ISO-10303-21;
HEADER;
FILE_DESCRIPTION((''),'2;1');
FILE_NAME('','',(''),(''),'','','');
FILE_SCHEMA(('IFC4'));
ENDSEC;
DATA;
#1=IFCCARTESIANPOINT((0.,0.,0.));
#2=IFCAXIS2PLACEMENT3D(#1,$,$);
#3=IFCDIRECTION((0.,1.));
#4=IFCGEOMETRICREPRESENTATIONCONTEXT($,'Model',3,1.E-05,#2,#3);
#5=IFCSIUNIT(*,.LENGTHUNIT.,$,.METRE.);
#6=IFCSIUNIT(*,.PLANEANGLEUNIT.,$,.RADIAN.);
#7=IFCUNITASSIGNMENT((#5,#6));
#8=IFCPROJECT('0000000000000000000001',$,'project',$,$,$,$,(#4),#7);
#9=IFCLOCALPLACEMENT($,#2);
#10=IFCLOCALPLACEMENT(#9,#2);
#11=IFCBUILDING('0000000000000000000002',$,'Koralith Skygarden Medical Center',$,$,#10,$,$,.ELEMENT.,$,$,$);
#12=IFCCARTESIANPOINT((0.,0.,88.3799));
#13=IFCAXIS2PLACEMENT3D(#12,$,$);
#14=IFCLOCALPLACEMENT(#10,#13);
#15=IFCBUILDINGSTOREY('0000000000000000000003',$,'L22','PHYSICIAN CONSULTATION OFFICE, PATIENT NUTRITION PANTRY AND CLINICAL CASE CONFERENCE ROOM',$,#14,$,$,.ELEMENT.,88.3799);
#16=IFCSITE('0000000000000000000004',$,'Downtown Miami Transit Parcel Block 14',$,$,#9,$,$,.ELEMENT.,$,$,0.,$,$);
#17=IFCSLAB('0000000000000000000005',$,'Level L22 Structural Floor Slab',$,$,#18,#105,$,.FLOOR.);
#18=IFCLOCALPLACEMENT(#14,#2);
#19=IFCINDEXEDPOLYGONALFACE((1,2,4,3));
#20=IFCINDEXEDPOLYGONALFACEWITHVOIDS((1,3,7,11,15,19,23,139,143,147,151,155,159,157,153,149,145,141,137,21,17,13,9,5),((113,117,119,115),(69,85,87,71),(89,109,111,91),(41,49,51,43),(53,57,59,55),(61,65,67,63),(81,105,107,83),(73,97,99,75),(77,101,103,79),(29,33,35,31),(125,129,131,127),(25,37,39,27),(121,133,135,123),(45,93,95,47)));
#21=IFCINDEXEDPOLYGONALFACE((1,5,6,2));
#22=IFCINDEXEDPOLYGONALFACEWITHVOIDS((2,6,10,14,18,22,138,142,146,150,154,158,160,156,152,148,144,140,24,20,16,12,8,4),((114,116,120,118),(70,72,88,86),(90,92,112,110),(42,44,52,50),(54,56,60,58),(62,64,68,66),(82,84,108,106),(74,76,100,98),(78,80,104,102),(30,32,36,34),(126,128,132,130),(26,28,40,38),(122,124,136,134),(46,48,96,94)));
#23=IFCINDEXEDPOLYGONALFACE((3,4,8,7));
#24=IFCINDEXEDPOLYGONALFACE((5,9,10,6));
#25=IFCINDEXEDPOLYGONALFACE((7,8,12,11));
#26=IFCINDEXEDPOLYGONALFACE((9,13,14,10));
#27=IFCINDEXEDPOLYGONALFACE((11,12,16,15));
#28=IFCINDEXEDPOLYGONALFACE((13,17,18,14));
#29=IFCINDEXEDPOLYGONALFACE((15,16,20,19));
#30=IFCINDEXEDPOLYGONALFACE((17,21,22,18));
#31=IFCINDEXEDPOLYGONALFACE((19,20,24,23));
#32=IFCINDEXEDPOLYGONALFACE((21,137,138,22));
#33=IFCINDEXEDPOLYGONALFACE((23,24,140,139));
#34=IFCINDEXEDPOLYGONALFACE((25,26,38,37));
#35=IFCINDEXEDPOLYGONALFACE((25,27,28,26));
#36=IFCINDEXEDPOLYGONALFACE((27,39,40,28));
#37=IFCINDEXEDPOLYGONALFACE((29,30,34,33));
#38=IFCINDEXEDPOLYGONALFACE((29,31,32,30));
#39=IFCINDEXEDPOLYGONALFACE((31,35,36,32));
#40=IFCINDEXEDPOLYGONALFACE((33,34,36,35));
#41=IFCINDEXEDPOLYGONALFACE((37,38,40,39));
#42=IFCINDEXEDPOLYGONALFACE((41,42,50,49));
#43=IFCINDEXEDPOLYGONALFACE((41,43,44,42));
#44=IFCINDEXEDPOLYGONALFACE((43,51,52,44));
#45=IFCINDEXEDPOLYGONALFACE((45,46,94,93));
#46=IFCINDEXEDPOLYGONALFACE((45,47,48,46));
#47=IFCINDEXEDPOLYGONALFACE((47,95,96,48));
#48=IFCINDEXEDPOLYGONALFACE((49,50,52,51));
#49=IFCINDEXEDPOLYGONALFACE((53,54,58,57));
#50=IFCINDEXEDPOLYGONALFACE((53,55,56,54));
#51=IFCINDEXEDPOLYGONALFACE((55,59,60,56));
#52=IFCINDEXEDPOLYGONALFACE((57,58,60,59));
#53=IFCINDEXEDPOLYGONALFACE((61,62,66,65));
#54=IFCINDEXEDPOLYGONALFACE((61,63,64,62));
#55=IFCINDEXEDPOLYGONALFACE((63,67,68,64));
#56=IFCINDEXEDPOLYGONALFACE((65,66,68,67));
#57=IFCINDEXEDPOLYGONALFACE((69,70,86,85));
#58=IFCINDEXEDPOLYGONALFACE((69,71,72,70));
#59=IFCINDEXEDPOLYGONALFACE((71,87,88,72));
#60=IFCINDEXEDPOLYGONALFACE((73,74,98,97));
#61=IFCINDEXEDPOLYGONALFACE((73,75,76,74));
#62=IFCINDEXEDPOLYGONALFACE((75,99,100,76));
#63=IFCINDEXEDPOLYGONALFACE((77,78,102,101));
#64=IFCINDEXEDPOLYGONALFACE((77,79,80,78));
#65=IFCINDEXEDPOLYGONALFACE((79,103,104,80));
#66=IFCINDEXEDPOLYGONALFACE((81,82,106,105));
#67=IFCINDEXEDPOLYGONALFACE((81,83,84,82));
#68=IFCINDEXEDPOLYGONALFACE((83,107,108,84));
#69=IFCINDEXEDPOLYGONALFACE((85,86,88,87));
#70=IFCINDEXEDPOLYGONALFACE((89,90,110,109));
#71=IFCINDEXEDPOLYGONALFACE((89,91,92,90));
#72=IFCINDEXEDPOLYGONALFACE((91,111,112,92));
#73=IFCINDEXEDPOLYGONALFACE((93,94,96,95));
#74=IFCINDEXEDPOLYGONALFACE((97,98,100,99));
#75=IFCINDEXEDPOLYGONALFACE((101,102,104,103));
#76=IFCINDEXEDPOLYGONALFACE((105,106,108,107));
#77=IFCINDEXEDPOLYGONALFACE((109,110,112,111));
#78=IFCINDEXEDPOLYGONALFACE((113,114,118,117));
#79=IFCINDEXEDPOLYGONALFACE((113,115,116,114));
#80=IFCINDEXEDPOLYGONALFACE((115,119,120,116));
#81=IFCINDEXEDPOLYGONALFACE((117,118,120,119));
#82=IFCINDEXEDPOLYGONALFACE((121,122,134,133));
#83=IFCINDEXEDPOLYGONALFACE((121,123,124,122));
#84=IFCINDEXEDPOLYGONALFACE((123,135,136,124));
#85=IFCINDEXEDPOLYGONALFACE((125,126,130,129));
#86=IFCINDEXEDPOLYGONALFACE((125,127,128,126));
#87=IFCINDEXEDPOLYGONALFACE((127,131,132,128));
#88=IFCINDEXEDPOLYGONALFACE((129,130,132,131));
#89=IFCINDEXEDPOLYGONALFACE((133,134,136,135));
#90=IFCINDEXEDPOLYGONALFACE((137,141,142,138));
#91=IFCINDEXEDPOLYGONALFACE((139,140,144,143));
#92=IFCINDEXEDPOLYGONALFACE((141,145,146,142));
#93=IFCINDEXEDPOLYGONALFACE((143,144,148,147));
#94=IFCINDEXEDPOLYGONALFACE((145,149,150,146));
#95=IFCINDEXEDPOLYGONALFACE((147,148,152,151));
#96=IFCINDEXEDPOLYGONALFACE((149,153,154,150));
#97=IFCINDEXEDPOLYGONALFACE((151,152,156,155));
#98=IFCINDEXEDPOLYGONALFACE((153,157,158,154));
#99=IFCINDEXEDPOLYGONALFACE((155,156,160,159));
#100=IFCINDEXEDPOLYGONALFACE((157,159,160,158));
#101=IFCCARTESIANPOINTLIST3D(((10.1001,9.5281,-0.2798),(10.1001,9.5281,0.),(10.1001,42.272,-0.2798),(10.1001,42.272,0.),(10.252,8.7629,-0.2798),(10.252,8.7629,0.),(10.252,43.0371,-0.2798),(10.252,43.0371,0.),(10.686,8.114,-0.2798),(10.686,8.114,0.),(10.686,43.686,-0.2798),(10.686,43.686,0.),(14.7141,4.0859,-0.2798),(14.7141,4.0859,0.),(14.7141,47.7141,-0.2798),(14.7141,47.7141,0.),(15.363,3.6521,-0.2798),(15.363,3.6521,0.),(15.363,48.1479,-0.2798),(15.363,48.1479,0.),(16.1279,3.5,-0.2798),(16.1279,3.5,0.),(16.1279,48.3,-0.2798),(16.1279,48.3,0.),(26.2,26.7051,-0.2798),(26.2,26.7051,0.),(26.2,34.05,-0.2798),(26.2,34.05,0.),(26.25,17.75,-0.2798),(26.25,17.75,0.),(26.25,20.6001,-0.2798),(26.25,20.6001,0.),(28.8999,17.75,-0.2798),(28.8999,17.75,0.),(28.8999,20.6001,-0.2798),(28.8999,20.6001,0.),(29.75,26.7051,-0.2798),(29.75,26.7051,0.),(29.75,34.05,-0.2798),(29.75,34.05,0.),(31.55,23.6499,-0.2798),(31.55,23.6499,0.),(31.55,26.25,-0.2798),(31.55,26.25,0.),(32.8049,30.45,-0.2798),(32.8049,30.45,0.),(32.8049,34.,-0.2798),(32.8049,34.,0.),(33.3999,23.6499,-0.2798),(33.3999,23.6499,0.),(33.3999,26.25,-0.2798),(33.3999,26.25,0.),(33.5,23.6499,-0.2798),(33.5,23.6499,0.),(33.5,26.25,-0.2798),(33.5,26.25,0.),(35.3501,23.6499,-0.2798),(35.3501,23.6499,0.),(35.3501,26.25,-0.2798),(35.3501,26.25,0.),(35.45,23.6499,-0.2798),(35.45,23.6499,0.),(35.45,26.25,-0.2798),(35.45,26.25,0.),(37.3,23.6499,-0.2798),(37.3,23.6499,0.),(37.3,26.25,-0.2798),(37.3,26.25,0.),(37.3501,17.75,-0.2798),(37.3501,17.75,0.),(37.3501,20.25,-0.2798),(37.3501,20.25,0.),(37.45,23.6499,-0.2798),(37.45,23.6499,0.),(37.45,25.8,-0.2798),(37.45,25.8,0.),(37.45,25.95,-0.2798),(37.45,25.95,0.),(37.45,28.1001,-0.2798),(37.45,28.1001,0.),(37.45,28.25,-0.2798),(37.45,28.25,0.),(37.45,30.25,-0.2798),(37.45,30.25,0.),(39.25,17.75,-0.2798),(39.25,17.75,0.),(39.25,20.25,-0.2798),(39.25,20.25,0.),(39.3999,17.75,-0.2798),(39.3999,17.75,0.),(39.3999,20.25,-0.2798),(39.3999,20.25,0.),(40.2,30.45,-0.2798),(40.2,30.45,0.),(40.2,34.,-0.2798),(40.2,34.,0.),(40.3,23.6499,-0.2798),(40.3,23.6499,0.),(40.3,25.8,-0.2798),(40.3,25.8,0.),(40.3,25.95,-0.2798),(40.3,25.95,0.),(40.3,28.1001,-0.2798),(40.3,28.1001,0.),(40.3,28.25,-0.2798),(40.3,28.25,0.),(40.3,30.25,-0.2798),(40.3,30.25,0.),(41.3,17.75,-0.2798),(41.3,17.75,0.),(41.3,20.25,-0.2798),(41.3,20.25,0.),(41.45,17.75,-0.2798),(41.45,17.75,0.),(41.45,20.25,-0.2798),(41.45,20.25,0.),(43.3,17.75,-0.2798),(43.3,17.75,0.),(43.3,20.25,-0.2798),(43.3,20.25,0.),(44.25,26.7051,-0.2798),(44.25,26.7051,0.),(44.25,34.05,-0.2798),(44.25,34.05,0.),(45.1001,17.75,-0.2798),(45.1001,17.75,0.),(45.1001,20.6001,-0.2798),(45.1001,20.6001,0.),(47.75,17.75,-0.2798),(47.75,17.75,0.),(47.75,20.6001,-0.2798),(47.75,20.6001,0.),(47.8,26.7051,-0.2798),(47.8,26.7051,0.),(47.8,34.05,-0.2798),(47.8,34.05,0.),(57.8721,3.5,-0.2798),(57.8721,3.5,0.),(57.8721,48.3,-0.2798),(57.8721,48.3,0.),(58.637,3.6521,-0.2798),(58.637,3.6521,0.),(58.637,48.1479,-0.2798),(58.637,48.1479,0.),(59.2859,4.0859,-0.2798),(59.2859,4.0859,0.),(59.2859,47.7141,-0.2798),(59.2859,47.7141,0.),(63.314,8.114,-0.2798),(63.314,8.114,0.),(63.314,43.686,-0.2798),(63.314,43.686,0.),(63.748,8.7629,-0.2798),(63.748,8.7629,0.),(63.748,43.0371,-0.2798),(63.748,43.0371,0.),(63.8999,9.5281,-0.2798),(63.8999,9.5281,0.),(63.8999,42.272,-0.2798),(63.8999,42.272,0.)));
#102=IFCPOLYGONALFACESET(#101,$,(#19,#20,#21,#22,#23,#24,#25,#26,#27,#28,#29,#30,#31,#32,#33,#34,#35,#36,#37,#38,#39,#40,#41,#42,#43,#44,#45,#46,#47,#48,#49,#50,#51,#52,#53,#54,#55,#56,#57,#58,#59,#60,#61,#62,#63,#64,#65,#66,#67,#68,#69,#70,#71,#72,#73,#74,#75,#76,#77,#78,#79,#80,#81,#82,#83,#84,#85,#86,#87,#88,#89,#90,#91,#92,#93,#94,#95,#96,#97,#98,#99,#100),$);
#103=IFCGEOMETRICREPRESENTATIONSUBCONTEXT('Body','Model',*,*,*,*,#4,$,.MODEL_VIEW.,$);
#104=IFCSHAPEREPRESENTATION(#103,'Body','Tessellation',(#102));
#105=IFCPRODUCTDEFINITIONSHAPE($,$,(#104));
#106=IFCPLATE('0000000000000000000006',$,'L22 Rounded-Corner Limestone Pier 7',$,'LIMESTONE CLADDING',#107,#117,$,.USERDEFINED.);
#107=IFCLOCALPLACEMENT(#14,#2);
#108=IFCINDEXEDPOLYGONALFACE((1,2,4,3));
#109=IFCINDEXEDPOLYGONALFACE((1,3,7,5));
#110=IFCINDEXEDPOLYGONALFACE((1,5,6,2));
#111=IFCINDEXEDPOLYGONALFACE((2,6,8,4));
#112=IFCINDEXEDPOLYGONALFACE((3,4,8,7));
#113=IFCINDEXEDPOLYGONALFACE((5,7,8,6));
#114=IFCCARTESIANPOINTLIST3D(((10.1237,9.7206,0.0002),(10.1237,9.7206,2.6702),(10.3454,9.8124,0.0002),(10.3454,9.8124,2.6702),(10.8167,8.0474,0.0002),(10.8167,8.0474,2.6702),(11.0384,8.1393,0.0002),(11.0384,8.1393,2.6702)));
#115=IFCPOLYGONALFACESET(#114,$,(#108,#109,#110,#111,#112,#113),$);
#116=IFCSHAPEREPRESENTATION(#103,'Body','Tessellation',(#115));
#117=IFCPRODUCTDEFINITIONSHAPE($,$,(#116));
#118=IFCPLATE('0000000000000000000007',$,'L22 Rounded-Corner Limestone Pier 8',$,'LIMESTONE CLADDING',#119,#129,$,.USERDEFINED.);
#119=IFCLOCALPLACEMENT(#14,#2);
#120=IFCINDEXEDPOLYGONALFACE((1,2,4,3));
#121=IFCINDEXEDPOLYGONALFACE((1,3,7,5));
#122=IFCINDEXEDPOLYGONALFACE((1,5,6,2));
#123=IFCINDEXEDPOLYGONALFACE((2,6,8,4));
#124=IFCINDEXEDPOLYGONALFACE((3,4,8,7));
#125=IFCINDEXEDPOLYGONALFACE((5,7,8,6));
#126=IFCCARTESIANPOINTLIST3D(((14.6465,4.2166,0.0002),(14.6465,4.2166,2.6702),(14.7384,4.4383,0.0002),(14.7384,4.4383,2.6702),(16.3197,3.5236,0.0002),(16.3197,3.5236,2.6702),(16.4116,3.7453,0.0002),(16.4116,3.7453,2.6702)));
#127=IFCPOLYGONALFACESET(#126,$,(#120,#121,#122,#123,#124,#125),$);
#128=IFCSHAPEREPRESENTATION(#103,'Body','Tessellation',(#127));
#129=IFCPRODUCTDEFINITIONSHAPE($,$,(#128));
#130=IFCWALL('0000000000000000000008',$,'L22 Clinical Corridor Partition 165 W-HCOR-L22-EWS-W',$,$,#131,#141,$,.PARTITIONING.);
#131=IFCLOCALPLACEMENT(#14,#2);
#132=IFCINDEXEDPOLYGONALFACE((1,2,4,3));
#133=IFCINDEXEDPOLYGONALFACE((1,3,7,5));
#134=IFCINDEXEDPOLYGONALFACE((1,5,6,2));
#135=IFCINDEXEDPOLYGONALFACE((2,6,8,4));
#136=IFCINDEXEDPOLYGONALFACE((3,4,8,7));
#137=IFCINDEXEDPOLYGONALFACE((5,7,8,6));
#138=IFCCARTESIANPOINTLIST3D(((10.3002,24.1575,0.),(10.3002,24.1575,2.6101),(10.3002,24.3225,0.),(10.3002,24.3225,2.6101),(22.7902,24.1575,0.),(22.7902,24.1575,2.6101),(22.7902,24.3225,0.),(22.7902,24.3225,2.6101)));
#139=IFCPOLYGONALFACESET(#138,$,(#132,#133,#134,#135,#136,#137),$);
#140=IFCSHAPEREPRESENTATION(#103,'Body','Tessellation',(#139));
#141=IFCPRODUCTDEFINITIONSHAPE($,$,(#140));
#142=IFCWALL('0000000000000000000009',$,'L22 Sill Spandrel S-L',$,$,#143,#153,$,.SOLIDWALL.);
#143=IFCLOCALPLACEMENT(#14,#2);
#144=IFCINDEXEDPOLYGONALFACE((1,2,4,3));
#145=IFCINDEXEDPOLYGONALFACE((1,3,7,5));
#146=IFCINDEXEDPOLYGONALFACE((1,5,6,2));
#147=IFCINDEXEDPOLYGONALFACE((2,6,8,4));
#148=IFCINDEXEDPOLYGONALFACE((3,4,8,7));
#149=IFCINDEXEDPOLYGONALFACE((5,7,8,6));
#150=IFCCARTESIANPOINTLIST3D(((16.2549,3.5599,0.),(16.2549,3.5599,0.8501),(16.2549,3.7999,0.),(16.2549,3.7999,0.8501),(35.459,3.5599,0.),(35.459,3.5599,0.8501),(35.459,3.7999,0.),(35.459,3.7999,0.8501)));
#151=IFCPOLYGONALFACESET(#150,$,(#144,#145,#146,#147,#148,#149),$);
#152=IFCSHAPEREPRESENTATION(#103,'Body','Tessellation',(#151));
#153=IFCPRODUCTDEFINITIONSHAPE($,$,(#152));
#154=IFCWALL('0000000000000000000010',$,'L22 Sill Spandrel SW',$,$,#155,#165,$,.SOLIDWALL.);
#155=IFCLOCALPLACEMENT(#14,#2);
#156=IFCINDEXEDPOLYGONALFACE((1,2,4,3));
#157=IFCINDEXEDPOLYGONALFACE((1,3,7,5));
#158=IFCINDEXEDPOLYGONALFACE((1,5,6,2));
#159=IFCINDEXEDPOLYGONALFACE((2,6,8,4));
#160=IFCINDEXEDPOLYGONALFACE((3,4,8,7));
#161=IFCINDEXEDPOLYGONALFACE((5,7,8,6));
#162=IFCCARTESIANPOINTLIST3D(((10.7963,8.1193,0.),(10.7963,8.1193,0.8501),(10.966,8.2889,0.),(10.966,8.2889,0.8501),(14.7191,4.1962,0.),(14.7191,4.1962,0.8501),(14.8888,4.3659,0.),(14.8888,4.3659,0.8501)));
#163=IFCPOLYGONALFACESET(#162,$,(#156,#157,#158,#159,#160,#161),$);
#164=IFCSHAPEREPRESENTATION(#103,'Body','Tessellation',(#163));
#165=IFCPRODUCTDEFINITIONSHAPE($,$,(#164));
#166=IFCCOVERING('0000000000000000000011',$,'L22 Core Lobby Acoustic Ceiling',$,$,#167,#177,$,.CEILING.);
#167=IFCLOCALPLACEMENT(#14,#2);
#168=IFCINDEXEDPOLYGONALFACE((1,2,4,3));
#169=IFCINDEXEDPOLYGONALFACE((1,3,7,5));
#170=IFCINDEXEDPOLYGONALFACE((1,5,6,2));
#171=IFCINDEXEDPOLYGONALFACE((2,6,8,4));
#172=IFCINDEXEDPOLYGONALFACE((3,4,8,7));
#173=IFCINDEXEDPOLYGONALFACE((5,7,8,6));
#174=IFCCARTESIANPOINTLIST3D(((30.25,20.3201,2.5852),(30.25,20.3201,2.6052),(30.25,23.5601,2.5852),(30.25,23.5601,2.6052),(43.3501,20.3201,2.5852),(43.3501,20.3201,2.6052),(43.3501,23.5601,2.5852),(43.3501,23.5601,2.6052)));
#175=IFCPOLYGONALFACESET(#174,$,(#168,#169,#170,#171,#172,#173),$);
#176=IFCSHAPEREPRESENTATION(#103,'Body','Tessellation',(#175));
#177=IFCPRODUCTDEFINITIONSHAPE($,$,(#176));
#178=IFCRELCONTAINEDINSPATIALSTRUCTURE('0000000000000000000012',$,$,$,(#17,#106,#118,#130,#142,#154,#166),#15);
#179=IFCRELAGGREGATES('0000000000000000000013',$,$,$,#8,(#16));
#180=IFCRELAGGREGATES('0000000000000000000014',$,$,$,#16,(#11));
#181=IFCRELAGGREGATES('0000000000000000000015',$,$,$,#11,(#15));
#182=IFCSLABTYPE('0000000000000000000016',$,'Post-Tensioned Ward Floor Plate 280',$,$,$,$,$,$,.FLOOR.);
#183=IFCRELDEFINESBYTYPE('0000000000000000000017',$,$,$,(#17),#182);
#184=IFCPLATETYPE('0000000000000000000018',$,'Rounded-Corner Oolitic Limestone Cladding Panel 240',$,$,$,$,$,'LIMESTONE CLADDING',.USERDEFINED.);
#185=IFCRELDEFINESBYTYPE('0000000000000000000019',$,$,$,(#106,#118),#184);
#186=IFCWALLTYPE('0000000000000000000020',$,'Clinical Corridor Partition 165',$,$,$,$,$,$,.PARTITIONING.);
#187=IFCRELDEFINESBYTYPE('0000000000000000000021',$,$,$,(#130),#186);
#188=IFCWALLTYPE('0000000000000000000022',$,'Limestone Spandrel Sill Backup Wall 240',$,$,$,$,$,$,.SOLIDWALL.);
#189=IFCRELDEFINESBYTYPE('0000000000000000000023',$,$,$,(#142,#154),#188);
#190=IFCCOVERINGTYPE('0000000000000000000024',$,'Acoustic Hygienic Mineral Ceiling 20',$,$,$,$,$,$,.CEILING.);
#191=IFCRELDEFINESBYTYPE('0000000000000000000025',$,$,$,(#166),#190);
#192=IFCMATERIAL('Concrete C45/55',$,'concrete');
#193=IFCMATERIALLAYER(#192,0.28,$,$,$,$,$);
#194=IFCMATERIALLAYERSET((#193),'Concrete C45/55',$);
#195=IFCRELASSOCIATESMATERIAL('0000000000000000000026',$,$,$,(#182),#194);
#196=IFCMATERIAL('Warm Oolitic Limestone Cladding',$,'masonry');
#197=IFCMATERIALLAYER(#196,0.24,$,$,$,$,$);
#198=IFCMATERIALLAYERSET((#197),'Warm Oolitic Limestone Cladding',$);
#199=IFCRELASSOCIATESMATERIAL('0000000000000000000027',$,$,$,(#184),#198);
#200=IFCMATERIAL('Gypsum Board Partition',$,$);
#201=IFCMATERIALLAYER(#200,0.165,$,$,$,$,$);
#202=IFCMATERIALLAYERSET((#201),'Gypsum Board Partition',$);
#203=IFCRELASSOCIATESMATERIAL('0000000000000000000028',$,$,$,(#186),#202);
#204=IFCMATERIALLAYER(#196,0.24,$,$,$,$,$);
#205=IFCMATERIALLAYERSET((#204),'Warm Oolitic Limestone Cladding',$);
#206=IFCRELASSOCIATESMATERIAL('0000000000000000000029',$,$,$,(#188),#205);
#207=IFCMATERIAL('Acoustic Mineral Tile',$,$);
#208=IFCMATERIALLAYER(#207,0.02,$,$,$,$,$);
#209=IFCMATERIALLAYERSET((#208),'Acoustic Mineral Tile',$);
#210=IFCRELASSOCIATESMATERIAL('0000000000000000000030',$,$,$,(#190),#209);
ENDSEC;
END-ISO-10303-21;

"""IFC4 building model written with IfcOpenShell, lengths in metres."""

from ifc_helpers import new_model, si_unit, direction, frame, frame_2d, origin, origin_2d, place, context, subcontext, project, spatial, polyline, rectangle, outline, extrude, material, layer, layer_set, type_object, element, save


model = new_model("IFC4")

# Units and contexts
model_context = context("Model", 3, precision=1e-05, world=origin(), true_north=direction((0.0, 1.0)))
body_context = subcontext(model_context, "Body", "Model", "MODEL_VIEW")
ifc_project = project(units=[si_unit("LENGTHUNIT", "METRE"), si_unit("PLANEANGLEUNIT", "RADIAN")], contexts=[model_context])

# Site, building, storey
site_placement = place(None, origin())
site = spatial("IfcSite", under=ifc_project, at=site_placement, Name="Downtown Miami Transit Parcel Block 14", CompositionType="ELEMENT", RefElevation=0.0)
building_placement = place(site_placement, origin())
building = spatial("IfcBuilding", under=site, at=building_placement, Name="Koralith Skygarden Medical Center", CompositionType="ELEMENT")
storey_placement = place(building_placement, frame((0.0, 0.0, 88.3799)))
storey = spatial("IfcBuildingStorey", under=building, at=storey_placement, Name="L22", Description="PHYSICIAN CONSULTATION OFFICE, PATIENT NUTRITION PANTRY AND CLINICAL CASE CONFERENCE ROOM", CompositionType="ELEMENT", Elevation=88.3799)

# Shared definitions
ifc_material_1 = material(Name="Concrete C45/55", Category="concrete")

# Slab
ifc_layer_1 = layer(ifc_material_1, 0.28)
ifc_layer_set_1 = layer_set([ifc_layer_1], Name="Concrete C45/55")
slab_type_1 = type_object("IfcSlabType", Name="Post-Tensioned Ward Floor Plate 280", PredefinedType="FLOOR", material=ifc_layer_set_1)
slab_1_placement = place(storey_placement, frame((0.0, 0.0, -0.2798)))
element("IfcSlab", 1, at=slab_1_placement, inside=storey, type_object=slab_type_1, Name="Level L22 Structural Floor Slab", PredefinedType="FLOOR", context=body_context, shape_type="SweptSolid", body=[
    extrude(outline(polyline([(14.7141, 4.0859), (15.363, 3.6521), (16.1279, 3.5), (57.8721, 3.5), (58.637, 3.6521), (59.2859, 4.0859), (63.314, 8.114), (63.748, 8.7629), (63.8999, 9.5281), (63.8999, 42.272), (63.748, 43.0371), (63.314, 43.686), (59.2859, 47.7141), (58.637, 48.1479), (57.8721, 48.3), (16.1279, 48.3), (15.363, 48.1479), (14.7141, 47.7141), (10.686, 43.686), (10.252, 43.0371), (10.1001, 42.272), (10.1001, 9.5281), (10.252, 8.7629), (10.686, 8.114), (14.7141, 4.0859)]), holes=[polyline([(26.2, 26.7051), (29.75, 26.7051), (29.75, 34.05), (26.2, 34.05), (26.2, 26.7051)]), polyline([(44.25, 26.7051), (47.8, 26.7051), (47.8, 34.05), (44.25, 34.05), (44.25, 26.7051)]), polyline([(32.8049, 30.45), (40.2, 30.45), (40.2, 34.0), (32.8049, 34.0), (32.8049, 30.45)]), polyline([(26.25, 17.75), (28.8999, 17.75), (28.8999, 20.6001), (26.25, 20.6001), (26.25, 17.75)]), polyline([(45.1001, 17.75), (47.75, 17.75), (47.75, 20.6001), (45.1001, 20.6001), (45.1001, 17.75)]), polyline([(37.3501, 17.75), (39.25, 17.75), (39.25, 20.25), (37.3501, 20.25), (37.3501, 17.75)]), polyline([(39.3999, 17.75), (41.3, 17.75), (41.3, 20.25), (39.3999, 20.25), (39.3999, 17.75)]), polyline([(41.45, 17.75), (43.3, 17.75), (43.3, 20.25), (41.45, 20.25), (41.45, 17.75)]), polyline([(31.55, 23.6499), (33.3999, 23.6499), (33.3999, 26.25), (31.55, 26.25), (31.55, 23.6499)]), polyline([(33.5, 23.6499), (35.3501, 23.6499), (35.3501, 26.25), (33.5, 26.25), (33.5, 23.6499)]), polyline([(35.45, 23.6499), (37.3, 23.6499), (37.3, 26.25), (35.45, 26.25), (35.45, 23.6499)]), polyline([(37.45, 23.6499), (40.3, 23.6499), (40.3, 25.8), (37.45, 25.8), (37.45, 23.6499)]), polyline([(37.45, 25.95), (40.3, 25.95), (40.3, 28.1001), (37.45, 28.1001), (37.45, 25.95)]), polyline([(37.45, 28.25), (40.3, 28.25), (40.3, 30.25), (37.45, 30.25), (37.45, 28.25)])]), origin(), (0.0, 0.0, 1.0), 0.2798),
])

# Plates
ifc_material_2 = material(Name="Warm Oolitic Limestone Cladding", Category="masonry")
ifc_layer_2 = layer(ifc_material_2, 0.24)
ifc_layer_set_2 = layer_set([ifc_layer_2], Name="Warm Oolitic Limestone Cladding")
plate_type_1 = type_object("IfcPlateType", Name="Rounded-Corner Oolitic Limestone Cladding Panel 240", ElementType="LIMESTONE CLADDING", PredefinedType="USERDEFINED", material=ifc_layer_set_2)
for number, where, z_axis, x_axis, name in (
    (2, (10.5811, 8.9299, 0.0002), (0.0, 0.0, 1.0), (0.382671, -0.923885, 0.0), "L22 Rounded-Corner Limestone Pier 7"),
    (3, (15.5291, 3.981, 0.0002), (0.0, 0.0, 1.0), (0.923885, -0.382671, 0.0), "L22 Rounded-Corner Limestone Pier 8"),
):
    element("IfcPlate", number, at=place(storey_placement, frame(where, z_axis=z_axis, x_axis=x_axis)), inside=storey, type_object=plate_type_1, Name=name, ObjectType="LIMESTONE CLADDING", PredefinedType="USERDEFINED", context=body_context, shape_type="SweptSolid", body=[
        extrude(rectangle(XDim=1.811, YDim=0.24, at=origin_2d()), origin(), (0.0, 0.0, 1.0), 2.6699),
    ])

# Walls
ifc_material_3 = material(Name="Gypsum Board Partition")
ifc_layer_3 = layer(ifc_material_3, 0.165)
ifc_layer_set_3 = layer_set([ifc_layer_3], Name="Gypsum Board Partition")
wall_type_1 = type_object("IfcWallType", Name="Clinical Corridor Partition 165", PredefinedType="PARTITIONING", material=ifc_layer_set_3)
wall_1_placement = place(storey_placement, frame((10.3, 24.24, 0.0), z_axis=(0.0, 0.0, 1.0), x_axis=(1.0, 0.0, 0.0)))
element("IfcWall", 4, at=wall_1_placement, inside=storey, type_object=wall_type_1, Name="L22 Clinical Corridor Partition 165 W-HCOR-L22-EWS-W", PredefinedType="PARTITIONING", context=body_context, shape_type="SweptSolid", body=[
    extrude(rectangle(XDim=12.49, YDim=0.165, at=frame_2d((6.2451, 0.0))), origin(), (0.0, 0.0, 1.0), 2.6101),
])
ifc_layer_4 = layer(ifc_material_2, 0.24)
ifc_layer_set_4 = layer_set([ifc_layer_4], Name="Warm Oolitic Limestone Cladding")
wall_type_2 = type_object("IfcWallType", Name="Limestone Spandrel Sill Backup Wall 240", PredefinedType="SOLIDWALL", material=ifc_layer_set_4)
wall_2_placement = place(storey_placement, frame((16.2549, 3.6799, 0.0), z_axis=(0.0, 0.0, 1.0), x_axis=(1.0, 0.0, 0.0)))
element("IfcWall", 5, at=wall_2_placement, inside=storey, type_object=wall_type_2, Name="L22 Sill Spandrel S-L", PredefinedType="SOLIDWALL", context=body_context, shape_type="SweptSolid", body=[
    extrude(rectangle(XDim=19.2041, YDim=0.24, at=frame_2d((9.6021, 0.0))), origin(), (0.0, 0.0, 1.0), 0.8501),
])
wall_3_placement = place(storey_placement, frame((10.8811, 8.2041, 0.0), z_axis=(0.0, 0.0, 1.0), x_axis=(0.707085, -0.707129, 0.0)))
element("IfcWall", 6, at=wall_3_placement, inside=storey, type_object=wall_type_2, Name="L22 Sill Spandrel SW", PredefinedType="SOLIDWALL", context=body_context, shape_type="SweptSolid", body=[
    extrude(rectangle(XDim=5.5479, YDim=0.24, at=frame_2d((2.7739, 0.0))), origin(), (0.0, 0.0, 1.0), 0.8501),
])

# Covering
ifc_material_4 = material(Name="Acoustic Mineral Tile")
ifc_layer_5 = layer(ifc_material_4, 0.02)
ifc_layer_set_5 = layer_set([ifc_layer_5], Name="Acoustic Mineral Tile")
covering_type_1 = type_object("IfcCoveringType", Name="Acoustic Hygienic Mineral Ceiling 20", PredefinedType="CEILING", material=ifc_layer_set_5)
covering_1_placement = place(storey_placement, frame((0.0, 0.0, 2.5852)))
element("IfcCovering", 7, at=covering_1_placement, inside=storey, type_object=covering_type_1, Name="L22 Core Lobby Acoustic Ceiling", PredefinedType="CEILING", context=body_context, shape_type="SweptSolid", body=[
    extrude(outline(polyline([(30.25, 20.3201), (43.3501, 20.3201), (43.3501, 23.5601), (30.25, 23.5601), (30.25, 20.3201)])), origin(), (0.0, 0.0, 1.0), 0.02),
])

save(model, "model.ifc")
